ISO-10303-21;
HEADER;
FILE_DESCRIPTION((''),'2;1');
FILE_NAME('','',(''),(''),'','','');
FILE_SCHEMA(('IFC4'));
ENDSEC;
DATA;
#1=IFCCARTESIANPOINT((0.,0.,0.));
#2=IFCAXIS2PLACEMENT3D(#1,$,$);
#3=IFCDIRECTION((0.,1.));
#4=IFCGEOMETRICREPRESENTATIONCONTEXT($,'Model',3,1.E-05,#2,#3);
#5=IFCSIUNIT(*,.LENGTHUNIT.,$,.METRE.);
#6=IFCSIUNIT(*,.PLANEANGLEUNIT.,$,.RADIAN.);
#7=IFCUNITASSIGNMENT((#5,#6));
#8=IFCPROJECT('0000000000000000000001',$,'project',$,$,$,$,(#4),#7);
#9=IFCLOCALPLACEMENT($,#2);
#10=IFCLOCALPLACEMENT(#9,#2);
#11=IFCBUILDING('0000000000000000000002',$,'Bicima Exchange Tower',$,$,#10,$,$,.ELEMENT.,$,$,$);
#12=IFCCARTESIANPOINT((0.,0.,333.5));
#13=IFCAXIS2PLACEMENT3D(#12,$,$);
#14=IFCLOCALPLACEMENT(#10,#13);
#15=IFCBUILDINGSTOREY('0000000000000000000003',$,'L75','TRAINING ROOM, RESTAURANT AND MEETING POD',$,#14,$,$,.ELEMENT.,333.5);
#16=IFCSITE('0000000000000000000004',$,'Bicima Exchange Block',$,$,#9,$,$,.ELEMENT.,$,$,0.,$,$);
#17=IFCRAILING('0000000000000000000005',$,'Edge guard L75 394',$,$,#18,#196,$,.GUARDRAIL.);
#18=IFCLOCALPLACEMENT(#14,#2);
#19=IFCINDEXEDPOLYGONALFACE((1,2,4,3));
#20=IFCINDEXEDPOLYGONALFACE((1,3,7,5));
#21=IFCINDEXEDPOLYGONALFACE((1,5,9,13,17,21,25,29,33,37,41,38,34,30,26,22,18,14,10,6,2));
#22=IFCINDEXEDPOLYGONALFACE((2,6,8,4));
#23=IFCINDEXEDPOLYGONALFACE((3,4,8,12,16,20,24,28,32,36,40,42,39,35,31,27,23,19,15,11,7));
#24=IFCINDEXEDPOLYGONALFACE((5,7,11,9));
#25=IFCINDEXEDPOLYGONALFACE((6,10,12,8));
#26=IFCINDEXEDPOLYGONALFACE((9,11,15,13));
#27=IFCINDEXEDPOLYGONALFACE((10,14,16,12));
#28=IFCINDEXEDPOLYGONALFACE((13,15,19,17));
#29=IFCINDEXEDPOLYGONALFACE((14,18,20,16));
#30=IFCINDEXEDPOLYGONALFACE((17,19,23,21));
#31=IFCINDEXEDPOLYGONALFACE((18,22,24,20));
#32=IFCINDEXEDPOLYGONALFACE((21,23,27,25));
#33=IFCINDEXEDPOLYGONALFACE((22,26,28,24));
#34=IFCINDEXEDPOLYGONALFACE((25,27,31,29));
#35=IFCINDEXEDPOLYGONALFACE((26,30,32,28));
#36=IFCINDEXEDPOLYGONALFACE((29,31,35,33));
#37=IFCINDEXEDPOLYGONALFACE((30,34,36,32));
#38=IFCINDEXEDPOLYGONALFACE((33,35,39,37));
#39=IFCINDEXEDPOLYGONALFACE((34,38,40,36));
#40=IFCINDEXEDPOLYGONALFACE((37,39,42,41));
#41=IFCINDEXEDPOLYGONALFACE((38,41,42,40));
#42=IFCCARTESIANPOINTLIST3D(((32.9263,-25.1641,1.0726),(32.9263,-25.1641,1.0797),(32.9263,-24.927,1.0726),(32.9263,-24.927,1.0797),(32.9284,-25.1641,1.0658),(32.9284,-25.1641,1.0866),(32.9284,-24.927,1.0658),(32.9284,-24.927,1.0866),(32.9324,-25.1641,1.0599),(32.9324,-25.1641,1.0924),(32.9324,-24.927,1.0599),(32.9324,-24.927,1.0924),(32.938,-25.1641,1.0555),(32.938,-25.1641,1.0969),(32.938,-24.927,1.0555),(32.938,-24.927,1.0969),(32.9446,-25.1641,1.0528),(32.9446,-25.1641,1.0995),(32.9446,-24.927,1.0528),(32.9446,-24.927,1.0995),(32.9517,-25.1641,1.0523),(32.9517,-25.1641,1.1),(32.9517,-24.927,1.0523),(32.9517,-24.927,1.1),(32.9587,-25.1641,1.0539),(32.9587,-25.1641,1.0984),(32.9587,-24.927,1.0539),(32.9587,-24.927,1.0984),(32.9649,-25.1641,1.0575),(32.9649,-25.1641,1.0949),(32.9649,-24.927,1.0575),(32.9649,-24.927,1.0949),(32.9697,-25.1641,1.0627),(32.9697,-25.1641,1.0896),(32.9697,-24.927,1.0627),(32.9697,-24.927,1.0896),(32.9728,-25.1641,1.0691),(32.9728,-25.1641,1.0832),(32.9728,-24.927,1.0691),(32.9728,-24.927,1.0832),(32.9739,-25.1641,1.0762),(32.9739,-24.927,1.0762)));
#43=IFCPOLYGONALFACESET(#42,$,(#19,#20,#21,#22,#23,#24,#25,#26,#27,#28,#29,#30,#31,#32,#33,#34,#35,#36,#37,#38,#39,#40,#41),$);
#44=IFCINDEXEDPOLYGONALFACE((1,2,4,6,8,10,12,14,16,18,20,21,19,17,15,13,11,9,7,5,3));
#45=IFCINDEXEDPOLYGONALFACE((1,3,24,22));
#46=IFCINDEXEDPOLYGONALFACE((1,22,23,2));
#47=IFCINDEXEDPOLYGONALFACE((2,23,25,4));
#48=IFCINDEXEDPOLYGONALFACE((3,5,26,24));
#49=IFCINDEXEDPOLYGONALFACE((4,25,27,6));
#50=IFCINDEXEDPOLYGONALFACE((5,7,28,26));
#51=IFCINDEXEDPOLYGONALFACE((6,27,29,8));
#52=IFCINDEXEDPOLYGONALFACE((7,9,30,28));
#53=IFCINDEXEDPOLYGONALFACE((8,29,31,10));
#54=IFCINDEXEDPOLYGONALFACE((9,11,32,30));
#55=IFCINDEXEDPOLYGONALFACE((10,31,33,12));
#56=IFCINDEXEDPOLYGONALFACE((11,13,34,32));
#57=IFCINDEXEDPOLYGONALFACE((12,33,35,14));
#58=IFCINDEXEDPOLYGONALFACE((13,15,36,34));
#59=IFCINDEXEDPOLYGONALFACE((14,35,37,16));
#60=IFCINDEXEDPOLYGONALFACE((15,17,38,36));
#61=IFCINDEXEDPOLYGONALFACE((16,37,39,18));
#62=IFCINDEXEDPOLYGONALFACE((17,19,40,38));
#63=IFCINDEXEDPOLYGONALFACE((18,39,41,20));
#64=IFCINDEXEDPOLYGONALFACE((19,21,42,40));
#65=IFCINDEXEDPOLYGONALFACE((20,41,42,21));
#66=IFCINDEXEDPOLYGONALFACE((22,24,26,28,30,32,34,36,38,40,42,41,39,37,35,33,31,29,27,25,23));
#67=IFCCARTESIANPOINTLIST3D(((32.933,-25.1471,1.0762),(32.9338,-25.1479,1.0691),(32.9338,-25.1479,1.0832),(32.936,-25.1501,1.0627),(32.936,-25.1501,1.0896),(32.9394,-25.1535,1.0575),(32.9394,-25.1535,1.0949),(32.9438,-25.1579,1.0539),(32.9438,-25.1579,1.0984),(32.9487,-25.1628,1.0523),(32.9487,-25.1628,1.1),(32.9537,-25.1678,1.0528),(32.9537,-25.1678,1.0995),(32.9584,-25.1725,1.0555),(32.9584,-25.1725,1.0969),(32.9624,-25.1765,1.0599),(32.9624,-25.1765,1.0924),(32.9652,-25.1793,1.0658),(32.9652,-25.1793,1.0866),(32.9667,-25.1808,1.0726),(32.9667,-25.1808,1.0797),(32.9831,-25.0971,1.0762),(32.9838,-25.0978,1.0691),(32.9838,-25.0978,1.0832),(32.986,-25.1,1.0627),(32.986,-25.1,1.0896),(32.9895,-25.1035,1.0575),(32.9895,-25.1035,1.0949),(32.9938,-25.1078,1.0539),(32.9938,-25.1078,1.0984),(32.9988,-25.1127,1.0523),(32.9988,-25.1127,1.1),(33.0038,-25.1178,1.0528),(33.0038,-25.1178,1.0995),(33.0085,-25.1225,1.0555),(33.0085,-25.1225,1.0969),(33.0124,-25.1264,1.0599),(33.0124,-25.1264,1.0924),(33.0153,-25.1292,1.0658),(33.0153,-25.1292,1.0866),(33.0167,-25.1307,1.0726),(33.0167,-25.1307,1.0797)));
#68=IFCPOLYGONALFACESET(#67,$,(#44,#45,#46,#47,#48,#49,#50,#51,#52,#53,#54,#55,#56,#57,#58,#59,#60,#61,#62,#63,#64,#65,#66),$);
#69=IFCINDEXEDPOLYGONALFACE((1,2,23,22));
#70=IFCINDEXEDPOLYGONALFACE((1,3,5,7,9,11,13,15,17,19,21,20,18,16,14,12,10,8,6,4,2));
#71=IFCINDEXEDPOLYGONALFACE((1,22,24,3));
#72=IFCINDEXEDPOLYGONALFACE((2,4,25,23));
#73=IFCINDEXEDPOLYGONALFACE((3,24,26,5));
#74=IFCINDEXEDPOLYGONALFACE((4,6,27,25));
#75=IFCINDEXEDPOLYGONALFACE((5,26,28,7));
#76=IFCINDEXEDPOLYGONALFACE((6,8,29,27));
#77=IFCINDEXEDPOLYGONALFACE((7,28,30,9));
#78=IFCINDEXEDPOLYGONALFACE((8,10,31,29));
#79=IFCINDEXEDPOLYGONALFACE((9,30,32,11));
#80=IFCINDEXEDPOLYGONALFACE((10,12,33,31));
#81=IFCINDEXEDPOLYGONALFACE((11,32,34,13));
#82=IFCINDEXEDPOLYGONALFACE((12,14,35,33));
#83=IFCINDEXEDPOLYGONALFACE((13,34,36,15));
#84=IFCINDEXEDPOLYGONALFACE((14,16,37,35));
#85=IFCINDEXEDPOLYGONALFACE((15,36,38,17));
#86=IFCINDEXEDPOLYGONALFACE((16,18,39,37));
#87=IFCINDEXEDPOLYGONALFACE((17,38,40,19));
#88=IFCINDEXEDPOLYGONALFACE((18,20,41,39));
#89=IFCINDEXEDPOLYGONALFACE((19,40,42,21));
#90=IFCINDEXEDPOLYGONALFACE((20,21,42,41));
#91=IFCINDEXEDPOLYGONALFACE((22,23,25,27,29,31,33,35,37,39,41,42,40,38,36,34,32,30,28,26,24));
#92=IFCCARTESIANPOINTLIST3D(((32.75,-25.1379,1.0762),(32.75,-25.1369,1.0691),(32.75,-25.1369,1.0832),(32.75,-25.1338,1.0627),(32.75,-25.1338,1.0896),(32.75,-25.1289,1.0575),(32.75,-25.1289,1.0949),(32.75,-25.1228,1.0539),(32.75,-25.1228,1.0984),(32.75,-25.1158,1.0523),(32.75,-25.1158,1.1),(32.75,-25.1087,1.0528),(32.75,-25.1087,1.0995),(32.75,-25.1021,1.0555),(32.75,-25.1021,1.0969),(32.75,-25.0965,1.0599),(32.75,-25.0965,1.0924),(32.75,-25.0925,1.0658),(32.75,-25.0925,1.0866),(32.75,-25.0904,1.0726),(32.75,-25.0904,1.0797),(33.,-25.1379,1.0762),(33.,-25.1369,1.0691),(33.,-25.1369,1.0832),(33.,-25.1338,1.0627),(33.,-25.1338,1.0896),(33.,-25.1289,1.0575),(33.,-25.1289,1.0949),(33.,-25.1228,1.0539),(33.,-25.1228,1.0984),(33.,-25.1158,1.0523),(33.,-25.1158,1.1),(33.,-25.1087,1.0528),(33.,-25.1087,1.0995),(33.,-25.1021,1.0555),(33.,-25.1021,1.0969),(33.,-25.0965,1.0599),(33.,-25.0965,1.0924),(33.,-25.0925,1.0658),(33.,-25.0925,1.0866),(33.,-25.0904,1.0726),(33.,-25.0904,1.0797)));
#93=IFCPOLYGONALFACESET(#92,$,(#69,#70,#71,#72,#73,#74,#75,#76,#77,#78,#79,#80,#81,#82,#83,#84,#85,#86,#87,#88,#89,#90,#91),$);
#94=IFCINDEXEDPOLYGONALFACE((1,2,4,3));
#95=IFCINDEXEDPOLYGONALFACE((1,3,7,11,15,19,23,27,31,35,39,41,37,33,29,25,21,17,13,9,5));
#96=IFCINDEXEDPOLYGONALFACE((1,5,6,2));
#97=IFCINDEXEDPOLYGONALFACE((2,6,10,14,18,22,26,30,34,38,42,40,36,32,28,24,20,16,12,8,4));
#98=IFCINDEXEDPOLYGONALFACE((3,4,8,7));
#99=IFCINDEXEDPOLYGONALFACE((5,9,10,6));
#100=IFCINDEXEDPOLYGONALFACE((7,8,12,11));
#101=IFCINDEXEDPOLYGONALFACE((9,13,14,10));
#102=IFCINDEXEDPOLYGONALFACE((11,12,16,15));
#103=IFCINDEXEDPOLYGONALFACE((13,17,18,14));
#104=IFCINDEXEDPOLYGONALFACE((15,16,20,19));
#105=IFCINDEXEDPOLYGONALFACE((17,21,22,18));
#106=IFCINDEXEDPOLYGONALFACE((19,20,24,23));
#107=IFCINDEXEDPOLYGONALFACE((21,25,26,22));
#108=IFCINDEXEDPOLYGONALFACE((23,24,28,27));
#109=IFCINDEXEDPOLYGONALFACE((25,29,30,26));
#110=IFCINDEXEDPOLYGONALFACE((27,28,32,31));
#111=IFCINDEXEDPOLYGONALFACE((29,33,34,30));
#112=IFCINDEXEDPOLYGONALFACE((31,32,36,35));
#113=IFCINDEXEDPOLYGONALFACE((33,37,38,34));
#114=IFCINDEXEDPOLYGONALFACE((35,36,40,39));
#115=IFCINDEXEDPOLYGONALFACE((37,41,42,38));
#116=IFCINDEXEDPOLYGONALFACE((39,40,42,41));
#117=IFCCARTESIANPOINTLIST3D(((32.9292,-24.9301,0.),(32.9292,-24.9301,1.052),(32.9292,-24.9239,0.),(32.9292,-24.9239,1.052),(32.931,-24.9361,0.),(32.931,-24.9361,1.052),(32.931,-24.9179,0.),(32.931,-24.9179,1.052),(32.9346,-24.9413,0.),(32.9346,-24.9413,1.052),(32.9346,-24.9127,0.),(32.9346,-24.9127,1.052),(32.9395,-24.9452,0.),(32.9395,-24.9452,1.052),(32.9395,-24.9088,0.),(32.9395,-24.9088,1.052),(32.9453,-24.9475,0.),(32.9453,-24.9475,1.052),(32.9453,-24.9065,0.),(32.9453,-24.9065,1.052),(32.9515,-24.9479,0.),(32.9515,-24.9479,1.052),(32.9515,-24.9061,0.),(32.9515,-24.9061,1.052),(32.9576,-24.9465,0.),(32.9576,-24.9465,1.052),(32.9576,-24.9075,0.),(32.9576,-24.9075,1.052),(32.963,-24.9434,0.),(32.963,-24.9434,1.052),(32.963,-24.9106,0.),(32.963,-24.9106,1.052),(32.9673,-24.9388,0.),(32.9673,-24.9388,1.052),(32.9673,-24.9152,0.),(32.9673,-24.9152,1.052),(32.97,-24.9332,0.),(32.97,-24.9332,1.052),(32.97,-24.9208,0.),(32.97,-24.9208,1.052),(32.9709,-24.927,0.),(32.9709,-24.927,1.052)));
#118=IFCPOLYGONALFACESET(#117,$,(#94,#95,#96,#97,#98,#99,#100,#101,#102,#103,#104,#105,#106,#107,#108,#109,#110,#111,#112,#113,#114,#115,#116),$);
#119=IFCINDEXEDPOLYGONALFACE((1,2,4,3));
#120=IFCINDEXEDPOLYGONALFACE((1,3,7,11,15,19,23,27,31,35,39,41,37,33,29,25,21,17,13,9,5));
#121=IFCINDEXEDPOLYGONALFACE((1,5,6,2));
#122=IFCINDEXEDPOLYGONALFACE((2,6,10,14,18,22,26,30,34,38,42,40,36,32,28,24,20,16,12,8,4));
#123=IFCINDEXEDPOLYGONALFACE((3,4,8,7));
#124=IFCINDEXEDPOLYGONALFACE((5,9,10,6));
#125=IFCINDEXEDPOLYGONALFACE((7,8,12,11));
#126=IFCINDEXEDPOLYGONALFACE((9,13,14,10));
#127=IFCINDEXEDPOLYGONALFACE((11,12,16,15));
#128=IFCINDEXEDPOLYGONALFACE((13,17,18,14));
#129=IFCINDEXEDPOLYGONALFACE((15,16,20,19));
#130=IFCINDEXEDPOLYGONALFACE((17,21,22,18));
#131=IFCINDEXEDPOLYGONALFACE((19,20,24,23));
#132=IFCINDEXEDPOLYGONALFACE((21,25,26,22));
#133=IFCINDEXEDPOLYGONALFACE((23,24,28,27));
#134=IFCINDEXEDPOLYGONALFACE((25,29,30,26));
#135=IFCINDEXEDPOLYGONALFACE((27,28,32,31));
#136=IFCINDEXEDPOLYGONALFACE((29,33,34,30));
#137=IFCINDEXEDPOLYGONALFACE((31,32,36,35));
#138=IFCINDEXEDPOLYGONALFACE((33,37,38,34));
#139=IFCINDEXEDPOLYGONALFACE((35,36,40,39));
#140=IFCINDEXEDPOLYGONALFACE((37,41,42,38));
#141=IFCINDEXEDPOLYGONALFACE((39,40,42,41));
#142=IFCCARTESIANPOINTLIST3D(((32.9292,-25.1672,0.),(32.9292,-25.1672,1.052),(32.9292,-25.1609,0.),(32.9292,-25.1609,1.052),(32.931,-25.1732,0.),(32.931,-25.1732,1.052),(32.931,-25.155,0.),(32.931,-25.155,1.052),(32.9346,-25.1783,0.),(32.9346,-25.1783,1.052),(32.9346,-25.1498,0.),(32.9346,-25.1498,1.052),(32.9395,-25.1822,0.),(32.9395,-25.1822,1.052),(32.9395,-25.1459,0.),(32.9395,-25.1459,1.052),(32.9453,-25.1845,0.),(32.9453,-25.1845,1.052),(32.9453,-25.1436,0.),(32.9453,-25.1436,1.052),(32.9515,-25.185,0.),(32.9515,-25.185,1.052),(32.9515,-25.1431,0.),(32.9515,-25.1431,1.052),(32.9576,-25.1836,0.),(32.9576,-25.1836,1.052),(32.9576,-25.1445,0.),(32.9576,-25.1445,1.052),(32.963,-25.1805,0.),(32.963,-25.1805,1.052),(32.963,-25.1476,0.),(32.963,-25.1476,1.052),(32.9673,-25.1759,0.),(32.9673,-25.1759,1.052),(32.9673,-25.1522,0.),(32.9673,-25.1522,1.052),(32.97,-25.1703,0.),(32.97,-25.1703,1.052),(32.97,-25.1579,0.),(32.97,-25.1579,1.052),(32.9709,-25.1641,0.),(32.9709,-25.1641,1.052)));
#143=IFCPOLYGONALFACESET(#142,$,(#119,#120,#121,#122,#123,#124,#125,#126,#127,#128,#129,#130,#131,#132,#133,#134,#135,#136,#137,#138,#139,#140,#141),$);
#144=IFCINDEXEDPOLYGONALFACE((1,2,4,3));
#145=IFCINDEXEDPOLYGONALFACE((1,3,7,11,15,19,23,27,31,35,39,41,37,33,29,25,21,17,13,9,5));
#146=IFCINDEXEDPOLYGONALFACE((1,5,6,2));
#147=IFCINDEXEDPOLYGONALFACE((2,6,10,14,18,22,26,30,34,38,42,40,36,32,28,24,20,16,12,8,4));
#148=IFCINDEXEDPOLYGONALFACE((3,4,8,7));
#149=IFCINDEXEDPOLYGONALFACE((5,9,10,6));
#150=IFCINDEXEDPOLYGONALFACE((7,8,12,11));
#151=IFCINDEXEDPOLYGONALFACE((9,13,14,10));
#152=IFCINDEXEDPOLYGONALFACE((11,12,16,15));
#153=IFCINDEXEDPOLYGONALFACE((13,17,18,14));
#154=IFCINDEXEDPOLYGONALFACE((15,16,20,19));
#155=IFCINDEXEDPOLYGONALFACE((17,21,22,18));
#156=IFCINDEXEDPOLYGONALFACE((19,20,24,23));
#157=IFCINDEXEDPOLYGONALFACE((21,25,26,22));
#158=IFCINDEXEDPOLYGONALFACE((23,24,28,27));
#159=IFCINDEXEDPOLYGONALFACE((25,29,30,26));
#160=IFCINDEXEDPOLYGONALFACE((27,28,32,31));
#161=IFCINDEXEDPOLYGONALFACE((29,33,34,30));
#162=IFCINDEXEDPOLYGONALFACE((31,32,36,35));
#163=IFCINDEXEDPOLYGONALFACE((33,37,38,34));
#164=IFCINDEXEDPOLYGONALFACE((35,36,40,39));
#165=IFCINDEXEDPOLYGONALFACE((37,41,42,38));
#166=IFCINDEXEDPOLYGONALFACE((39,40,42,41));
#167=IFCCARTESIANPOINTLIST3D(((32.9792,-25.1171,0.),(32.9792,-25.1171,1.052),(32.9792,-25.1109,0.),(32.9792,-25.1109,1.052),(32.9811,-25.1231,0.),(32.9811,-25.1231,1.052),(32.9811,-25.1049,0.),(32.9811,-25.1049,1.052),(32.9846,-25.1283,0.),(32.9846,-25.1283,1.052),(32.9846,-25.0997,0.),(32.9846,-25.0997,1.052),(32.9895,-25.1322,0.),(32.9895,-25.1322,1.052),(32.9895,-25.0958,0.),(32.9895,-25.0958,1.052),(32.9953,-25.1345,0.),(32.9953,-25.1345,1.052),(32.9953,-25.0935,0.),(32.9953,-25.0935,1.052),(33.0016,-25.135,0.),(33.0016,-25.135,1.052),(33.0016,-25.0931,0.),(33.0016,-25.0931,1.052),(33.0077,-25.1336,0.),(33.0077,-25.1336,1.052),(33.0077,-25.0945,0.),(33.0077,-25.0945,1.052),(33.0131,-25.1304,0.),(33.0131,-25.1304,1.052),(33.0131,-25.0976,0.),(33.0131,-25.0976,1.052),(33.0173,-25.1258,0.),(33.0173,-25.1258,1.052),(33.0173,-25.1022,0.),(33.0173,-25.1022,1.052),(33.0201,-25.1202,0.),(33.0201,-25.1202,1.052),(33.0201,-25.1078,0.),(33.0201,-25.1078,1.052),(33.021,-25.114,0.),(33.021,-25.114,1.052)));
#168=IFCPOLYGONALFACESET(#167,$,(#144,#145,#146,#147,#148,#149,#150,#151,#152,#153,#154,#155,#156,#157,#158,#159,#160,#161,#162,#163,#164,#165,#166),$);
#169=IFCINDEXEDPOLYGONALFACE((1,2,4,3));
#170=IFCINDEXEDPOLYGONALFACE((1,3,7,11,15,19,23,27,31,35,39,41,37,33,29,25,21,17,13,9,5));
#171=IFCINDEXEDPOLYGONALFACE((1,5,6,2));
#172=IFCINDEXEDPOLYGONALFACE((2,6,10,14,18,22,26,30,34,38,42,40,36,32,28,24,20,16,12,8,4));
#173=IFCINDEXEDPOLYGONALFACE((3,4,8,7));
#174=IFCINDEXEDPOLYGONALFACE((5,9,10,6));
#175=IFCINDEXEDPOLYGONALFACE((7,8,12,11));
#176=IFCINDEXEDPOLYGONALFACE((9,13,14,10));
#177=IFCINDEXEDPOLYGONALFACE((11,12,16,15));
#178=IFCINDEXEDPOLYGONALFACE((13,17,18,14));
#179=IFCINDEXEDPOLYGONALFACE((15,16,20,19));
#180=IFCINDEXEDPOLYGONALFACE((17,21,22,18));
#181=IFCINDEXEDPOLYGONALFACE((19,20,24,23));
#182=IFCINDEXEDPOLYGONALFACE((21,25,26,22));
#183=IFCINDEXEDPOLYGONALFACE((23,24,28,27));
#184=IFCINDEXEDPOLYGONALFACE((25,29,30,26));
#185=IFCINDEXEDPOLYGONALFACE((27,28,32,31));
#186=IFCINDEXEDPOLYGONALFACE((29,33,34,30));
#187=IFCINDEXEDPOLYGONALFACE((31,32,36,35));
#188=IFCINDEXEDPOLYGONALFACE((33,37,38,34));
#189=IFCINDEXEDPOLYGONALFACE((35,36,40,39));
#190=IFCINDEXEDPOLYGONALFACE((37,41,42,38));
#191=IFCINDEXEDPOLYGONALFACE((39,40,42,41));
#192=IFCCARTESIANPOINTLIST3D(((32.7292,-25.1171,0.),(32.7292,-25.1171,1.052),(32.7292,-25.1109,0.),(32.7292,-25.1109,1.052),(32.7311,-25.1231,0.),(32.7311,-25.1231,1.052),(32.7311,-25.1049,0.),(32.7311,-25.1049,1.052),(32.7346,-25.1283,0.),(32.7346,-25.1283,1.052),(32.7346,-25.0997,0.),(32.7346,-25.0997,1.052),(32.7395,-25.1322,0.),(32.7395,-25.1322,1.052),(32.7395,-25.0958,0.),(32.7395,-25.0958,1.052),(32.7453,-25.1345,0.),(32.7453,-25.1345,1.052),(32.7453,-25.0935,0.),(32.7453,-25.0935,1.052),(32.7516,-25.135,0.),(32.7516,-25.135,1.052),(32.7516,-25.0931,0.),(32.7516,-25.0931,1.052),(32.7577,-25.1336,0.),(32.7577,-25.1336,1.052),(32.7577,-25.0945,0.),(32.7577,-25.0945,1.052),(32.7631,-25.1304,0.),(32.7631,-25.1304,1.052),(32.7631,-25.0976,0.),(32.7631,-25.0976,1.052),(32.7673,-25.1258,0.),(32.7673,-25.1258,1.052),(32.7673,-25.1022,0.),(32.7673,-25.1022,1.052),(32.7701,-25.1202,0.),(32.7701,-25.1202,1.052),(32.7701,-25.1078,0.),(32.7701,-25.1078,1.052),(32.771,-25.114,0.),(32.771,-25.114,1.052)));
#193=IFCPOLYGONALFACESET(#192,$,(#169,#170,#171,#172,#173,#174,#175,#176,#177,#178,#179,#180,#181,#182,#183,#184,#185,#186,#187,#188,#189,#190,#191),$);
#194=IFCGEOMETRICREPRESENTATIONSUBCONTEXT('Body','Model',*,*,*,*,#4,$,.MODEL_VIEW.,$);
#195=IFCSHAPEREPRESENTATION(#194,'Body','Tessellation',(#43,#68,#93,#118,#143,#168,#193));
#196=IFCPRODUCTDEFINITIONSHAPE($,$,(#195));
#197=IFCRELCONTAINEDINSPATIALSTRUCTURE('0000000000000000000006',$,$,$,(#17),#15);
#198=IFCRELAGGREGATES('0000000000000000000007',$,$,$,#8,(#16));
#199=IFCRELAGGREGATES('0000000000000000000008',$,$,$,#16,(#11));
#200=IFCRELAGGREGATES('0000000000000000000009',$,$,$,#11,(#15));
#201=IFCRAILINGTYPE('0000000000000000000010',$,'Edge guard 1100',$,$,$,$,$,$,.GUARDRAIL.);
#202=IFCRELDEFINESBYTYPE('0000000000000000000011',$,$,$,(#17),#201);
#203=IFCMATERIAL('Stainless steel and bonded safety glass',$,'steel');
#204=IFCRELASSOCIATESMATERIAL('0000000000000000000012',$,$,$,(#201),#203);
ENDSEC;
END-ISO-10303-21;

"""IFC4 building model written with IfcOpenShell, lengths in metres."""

from ifc_helpers import new_model, si_unit, direction, frame, origin, origin_2d, place, context, subcontext, project, spatial, circle, extrude, material, type_object, element, save


model = new_model("IFC4")

# Units and contexts
model_context = context("Model", 3, precision=1e-05, world=origin(), true_north=direction((0.0, 1.0)))
body_context = subcontext(model_context, "Body", "Model", "MODEL_VIEW")
ifc_project = project(units=[si_unit("LENGTHUNIT", "METRE"), si_unit("PLANEANGLEUNIT", "RADIAN")], contexts=[model_context])

# Site, building, storey
site_placement = place(None, origin())
site = spatial("IfcSite", under=ifc_project, at=site_placement, Name="Bicima Exchange Block", CompositionType="ELEMENT", RefElevation=0.0)
building_placement = place(site_placement, origin())
building = spatial("IfcBuilding", under=site, at=building_placement, Name="Bicima Exchange Tower", CompositionType="ELEMENT")
storey_placement = place(building_placement, frame((0.0, 0.0, 333.5)))
storey = spatial("IfcBuildingStorey", under=building, at=storey_placement, Name="L75", Description="TRAINING ROOM, RESTAURANT AND MEETING POD", CompositionType="ELEMENT", Elevation=333.5)

# Railing
ifc_material_1 = material(Name="Stainless steel and bonded safety glass", Category="steel")
railing_type = type_object("IfcRailingType", Name="Edge guard 1100", PredefinedType="GUARDRAIL", material=ifc_material_1)
railing_1_placement = place(storey_placement, frame((32.95, -24.927, 0.0)))
element("IfcRailing", 1, at=railing_1_placement, inside=storey, type_object=railing_type, Name="Edge guard L75 394", PredefinedType="GUARDRAIL", context=body_context, shape_type="SweptSolid", body=[
    extrude(circle(Radius=0.0239, at=origin_2d()), frame((0.0, 0.0, 1.0762), z_axis=(0.0, -1.0, 0.0), x_axis=(1.0, 0.0, 0.0)), (0.0, 0.0, 1.0), 0.2371),
    extrude(circle(Radius=0.0239, at=origin_2d()), frame((0.0, -0.2371, 1.0762), z_axis=(0.707107, 0.707107, 0.0), x_axis=(-0.707107, 0.707107, 0.0)), (0.0, 0.0, 1.0), 0.0708),
    extrude(circle(Radius=0.0239, at=origin_2d()), frame((0.05, -0.187, 1.0762), z_axis=(-1.0, 0.0, 0.0), x_axis=(0.0, -1.0, 0.0)), (0.0, 0.0, 1.0), 0.25),
    extrude(circle(Radius=0.021, at=origin_2d()), origin(), (0.0, 0.0, 1.0), 1.052),
    extrude(circle(Radius=0.021, at=origin_2d()), frame((0.0, -0.2371, 0.0)), (0.0, 0.0, 1.0), 1.052),
    extrude(circle(Radius=0.021, at=origin_2d()), frame((0.05, -0.187, 0.0)), (0.0, 0.0, 1.0), 1.052),
    extrude(circle(Radius=0.021, at=origin_2d()), frame((-0.2, -0.187, 0.0)), (0.0, 0.0, 1.0), 1.052),
])

save(model, "model.ifc")
